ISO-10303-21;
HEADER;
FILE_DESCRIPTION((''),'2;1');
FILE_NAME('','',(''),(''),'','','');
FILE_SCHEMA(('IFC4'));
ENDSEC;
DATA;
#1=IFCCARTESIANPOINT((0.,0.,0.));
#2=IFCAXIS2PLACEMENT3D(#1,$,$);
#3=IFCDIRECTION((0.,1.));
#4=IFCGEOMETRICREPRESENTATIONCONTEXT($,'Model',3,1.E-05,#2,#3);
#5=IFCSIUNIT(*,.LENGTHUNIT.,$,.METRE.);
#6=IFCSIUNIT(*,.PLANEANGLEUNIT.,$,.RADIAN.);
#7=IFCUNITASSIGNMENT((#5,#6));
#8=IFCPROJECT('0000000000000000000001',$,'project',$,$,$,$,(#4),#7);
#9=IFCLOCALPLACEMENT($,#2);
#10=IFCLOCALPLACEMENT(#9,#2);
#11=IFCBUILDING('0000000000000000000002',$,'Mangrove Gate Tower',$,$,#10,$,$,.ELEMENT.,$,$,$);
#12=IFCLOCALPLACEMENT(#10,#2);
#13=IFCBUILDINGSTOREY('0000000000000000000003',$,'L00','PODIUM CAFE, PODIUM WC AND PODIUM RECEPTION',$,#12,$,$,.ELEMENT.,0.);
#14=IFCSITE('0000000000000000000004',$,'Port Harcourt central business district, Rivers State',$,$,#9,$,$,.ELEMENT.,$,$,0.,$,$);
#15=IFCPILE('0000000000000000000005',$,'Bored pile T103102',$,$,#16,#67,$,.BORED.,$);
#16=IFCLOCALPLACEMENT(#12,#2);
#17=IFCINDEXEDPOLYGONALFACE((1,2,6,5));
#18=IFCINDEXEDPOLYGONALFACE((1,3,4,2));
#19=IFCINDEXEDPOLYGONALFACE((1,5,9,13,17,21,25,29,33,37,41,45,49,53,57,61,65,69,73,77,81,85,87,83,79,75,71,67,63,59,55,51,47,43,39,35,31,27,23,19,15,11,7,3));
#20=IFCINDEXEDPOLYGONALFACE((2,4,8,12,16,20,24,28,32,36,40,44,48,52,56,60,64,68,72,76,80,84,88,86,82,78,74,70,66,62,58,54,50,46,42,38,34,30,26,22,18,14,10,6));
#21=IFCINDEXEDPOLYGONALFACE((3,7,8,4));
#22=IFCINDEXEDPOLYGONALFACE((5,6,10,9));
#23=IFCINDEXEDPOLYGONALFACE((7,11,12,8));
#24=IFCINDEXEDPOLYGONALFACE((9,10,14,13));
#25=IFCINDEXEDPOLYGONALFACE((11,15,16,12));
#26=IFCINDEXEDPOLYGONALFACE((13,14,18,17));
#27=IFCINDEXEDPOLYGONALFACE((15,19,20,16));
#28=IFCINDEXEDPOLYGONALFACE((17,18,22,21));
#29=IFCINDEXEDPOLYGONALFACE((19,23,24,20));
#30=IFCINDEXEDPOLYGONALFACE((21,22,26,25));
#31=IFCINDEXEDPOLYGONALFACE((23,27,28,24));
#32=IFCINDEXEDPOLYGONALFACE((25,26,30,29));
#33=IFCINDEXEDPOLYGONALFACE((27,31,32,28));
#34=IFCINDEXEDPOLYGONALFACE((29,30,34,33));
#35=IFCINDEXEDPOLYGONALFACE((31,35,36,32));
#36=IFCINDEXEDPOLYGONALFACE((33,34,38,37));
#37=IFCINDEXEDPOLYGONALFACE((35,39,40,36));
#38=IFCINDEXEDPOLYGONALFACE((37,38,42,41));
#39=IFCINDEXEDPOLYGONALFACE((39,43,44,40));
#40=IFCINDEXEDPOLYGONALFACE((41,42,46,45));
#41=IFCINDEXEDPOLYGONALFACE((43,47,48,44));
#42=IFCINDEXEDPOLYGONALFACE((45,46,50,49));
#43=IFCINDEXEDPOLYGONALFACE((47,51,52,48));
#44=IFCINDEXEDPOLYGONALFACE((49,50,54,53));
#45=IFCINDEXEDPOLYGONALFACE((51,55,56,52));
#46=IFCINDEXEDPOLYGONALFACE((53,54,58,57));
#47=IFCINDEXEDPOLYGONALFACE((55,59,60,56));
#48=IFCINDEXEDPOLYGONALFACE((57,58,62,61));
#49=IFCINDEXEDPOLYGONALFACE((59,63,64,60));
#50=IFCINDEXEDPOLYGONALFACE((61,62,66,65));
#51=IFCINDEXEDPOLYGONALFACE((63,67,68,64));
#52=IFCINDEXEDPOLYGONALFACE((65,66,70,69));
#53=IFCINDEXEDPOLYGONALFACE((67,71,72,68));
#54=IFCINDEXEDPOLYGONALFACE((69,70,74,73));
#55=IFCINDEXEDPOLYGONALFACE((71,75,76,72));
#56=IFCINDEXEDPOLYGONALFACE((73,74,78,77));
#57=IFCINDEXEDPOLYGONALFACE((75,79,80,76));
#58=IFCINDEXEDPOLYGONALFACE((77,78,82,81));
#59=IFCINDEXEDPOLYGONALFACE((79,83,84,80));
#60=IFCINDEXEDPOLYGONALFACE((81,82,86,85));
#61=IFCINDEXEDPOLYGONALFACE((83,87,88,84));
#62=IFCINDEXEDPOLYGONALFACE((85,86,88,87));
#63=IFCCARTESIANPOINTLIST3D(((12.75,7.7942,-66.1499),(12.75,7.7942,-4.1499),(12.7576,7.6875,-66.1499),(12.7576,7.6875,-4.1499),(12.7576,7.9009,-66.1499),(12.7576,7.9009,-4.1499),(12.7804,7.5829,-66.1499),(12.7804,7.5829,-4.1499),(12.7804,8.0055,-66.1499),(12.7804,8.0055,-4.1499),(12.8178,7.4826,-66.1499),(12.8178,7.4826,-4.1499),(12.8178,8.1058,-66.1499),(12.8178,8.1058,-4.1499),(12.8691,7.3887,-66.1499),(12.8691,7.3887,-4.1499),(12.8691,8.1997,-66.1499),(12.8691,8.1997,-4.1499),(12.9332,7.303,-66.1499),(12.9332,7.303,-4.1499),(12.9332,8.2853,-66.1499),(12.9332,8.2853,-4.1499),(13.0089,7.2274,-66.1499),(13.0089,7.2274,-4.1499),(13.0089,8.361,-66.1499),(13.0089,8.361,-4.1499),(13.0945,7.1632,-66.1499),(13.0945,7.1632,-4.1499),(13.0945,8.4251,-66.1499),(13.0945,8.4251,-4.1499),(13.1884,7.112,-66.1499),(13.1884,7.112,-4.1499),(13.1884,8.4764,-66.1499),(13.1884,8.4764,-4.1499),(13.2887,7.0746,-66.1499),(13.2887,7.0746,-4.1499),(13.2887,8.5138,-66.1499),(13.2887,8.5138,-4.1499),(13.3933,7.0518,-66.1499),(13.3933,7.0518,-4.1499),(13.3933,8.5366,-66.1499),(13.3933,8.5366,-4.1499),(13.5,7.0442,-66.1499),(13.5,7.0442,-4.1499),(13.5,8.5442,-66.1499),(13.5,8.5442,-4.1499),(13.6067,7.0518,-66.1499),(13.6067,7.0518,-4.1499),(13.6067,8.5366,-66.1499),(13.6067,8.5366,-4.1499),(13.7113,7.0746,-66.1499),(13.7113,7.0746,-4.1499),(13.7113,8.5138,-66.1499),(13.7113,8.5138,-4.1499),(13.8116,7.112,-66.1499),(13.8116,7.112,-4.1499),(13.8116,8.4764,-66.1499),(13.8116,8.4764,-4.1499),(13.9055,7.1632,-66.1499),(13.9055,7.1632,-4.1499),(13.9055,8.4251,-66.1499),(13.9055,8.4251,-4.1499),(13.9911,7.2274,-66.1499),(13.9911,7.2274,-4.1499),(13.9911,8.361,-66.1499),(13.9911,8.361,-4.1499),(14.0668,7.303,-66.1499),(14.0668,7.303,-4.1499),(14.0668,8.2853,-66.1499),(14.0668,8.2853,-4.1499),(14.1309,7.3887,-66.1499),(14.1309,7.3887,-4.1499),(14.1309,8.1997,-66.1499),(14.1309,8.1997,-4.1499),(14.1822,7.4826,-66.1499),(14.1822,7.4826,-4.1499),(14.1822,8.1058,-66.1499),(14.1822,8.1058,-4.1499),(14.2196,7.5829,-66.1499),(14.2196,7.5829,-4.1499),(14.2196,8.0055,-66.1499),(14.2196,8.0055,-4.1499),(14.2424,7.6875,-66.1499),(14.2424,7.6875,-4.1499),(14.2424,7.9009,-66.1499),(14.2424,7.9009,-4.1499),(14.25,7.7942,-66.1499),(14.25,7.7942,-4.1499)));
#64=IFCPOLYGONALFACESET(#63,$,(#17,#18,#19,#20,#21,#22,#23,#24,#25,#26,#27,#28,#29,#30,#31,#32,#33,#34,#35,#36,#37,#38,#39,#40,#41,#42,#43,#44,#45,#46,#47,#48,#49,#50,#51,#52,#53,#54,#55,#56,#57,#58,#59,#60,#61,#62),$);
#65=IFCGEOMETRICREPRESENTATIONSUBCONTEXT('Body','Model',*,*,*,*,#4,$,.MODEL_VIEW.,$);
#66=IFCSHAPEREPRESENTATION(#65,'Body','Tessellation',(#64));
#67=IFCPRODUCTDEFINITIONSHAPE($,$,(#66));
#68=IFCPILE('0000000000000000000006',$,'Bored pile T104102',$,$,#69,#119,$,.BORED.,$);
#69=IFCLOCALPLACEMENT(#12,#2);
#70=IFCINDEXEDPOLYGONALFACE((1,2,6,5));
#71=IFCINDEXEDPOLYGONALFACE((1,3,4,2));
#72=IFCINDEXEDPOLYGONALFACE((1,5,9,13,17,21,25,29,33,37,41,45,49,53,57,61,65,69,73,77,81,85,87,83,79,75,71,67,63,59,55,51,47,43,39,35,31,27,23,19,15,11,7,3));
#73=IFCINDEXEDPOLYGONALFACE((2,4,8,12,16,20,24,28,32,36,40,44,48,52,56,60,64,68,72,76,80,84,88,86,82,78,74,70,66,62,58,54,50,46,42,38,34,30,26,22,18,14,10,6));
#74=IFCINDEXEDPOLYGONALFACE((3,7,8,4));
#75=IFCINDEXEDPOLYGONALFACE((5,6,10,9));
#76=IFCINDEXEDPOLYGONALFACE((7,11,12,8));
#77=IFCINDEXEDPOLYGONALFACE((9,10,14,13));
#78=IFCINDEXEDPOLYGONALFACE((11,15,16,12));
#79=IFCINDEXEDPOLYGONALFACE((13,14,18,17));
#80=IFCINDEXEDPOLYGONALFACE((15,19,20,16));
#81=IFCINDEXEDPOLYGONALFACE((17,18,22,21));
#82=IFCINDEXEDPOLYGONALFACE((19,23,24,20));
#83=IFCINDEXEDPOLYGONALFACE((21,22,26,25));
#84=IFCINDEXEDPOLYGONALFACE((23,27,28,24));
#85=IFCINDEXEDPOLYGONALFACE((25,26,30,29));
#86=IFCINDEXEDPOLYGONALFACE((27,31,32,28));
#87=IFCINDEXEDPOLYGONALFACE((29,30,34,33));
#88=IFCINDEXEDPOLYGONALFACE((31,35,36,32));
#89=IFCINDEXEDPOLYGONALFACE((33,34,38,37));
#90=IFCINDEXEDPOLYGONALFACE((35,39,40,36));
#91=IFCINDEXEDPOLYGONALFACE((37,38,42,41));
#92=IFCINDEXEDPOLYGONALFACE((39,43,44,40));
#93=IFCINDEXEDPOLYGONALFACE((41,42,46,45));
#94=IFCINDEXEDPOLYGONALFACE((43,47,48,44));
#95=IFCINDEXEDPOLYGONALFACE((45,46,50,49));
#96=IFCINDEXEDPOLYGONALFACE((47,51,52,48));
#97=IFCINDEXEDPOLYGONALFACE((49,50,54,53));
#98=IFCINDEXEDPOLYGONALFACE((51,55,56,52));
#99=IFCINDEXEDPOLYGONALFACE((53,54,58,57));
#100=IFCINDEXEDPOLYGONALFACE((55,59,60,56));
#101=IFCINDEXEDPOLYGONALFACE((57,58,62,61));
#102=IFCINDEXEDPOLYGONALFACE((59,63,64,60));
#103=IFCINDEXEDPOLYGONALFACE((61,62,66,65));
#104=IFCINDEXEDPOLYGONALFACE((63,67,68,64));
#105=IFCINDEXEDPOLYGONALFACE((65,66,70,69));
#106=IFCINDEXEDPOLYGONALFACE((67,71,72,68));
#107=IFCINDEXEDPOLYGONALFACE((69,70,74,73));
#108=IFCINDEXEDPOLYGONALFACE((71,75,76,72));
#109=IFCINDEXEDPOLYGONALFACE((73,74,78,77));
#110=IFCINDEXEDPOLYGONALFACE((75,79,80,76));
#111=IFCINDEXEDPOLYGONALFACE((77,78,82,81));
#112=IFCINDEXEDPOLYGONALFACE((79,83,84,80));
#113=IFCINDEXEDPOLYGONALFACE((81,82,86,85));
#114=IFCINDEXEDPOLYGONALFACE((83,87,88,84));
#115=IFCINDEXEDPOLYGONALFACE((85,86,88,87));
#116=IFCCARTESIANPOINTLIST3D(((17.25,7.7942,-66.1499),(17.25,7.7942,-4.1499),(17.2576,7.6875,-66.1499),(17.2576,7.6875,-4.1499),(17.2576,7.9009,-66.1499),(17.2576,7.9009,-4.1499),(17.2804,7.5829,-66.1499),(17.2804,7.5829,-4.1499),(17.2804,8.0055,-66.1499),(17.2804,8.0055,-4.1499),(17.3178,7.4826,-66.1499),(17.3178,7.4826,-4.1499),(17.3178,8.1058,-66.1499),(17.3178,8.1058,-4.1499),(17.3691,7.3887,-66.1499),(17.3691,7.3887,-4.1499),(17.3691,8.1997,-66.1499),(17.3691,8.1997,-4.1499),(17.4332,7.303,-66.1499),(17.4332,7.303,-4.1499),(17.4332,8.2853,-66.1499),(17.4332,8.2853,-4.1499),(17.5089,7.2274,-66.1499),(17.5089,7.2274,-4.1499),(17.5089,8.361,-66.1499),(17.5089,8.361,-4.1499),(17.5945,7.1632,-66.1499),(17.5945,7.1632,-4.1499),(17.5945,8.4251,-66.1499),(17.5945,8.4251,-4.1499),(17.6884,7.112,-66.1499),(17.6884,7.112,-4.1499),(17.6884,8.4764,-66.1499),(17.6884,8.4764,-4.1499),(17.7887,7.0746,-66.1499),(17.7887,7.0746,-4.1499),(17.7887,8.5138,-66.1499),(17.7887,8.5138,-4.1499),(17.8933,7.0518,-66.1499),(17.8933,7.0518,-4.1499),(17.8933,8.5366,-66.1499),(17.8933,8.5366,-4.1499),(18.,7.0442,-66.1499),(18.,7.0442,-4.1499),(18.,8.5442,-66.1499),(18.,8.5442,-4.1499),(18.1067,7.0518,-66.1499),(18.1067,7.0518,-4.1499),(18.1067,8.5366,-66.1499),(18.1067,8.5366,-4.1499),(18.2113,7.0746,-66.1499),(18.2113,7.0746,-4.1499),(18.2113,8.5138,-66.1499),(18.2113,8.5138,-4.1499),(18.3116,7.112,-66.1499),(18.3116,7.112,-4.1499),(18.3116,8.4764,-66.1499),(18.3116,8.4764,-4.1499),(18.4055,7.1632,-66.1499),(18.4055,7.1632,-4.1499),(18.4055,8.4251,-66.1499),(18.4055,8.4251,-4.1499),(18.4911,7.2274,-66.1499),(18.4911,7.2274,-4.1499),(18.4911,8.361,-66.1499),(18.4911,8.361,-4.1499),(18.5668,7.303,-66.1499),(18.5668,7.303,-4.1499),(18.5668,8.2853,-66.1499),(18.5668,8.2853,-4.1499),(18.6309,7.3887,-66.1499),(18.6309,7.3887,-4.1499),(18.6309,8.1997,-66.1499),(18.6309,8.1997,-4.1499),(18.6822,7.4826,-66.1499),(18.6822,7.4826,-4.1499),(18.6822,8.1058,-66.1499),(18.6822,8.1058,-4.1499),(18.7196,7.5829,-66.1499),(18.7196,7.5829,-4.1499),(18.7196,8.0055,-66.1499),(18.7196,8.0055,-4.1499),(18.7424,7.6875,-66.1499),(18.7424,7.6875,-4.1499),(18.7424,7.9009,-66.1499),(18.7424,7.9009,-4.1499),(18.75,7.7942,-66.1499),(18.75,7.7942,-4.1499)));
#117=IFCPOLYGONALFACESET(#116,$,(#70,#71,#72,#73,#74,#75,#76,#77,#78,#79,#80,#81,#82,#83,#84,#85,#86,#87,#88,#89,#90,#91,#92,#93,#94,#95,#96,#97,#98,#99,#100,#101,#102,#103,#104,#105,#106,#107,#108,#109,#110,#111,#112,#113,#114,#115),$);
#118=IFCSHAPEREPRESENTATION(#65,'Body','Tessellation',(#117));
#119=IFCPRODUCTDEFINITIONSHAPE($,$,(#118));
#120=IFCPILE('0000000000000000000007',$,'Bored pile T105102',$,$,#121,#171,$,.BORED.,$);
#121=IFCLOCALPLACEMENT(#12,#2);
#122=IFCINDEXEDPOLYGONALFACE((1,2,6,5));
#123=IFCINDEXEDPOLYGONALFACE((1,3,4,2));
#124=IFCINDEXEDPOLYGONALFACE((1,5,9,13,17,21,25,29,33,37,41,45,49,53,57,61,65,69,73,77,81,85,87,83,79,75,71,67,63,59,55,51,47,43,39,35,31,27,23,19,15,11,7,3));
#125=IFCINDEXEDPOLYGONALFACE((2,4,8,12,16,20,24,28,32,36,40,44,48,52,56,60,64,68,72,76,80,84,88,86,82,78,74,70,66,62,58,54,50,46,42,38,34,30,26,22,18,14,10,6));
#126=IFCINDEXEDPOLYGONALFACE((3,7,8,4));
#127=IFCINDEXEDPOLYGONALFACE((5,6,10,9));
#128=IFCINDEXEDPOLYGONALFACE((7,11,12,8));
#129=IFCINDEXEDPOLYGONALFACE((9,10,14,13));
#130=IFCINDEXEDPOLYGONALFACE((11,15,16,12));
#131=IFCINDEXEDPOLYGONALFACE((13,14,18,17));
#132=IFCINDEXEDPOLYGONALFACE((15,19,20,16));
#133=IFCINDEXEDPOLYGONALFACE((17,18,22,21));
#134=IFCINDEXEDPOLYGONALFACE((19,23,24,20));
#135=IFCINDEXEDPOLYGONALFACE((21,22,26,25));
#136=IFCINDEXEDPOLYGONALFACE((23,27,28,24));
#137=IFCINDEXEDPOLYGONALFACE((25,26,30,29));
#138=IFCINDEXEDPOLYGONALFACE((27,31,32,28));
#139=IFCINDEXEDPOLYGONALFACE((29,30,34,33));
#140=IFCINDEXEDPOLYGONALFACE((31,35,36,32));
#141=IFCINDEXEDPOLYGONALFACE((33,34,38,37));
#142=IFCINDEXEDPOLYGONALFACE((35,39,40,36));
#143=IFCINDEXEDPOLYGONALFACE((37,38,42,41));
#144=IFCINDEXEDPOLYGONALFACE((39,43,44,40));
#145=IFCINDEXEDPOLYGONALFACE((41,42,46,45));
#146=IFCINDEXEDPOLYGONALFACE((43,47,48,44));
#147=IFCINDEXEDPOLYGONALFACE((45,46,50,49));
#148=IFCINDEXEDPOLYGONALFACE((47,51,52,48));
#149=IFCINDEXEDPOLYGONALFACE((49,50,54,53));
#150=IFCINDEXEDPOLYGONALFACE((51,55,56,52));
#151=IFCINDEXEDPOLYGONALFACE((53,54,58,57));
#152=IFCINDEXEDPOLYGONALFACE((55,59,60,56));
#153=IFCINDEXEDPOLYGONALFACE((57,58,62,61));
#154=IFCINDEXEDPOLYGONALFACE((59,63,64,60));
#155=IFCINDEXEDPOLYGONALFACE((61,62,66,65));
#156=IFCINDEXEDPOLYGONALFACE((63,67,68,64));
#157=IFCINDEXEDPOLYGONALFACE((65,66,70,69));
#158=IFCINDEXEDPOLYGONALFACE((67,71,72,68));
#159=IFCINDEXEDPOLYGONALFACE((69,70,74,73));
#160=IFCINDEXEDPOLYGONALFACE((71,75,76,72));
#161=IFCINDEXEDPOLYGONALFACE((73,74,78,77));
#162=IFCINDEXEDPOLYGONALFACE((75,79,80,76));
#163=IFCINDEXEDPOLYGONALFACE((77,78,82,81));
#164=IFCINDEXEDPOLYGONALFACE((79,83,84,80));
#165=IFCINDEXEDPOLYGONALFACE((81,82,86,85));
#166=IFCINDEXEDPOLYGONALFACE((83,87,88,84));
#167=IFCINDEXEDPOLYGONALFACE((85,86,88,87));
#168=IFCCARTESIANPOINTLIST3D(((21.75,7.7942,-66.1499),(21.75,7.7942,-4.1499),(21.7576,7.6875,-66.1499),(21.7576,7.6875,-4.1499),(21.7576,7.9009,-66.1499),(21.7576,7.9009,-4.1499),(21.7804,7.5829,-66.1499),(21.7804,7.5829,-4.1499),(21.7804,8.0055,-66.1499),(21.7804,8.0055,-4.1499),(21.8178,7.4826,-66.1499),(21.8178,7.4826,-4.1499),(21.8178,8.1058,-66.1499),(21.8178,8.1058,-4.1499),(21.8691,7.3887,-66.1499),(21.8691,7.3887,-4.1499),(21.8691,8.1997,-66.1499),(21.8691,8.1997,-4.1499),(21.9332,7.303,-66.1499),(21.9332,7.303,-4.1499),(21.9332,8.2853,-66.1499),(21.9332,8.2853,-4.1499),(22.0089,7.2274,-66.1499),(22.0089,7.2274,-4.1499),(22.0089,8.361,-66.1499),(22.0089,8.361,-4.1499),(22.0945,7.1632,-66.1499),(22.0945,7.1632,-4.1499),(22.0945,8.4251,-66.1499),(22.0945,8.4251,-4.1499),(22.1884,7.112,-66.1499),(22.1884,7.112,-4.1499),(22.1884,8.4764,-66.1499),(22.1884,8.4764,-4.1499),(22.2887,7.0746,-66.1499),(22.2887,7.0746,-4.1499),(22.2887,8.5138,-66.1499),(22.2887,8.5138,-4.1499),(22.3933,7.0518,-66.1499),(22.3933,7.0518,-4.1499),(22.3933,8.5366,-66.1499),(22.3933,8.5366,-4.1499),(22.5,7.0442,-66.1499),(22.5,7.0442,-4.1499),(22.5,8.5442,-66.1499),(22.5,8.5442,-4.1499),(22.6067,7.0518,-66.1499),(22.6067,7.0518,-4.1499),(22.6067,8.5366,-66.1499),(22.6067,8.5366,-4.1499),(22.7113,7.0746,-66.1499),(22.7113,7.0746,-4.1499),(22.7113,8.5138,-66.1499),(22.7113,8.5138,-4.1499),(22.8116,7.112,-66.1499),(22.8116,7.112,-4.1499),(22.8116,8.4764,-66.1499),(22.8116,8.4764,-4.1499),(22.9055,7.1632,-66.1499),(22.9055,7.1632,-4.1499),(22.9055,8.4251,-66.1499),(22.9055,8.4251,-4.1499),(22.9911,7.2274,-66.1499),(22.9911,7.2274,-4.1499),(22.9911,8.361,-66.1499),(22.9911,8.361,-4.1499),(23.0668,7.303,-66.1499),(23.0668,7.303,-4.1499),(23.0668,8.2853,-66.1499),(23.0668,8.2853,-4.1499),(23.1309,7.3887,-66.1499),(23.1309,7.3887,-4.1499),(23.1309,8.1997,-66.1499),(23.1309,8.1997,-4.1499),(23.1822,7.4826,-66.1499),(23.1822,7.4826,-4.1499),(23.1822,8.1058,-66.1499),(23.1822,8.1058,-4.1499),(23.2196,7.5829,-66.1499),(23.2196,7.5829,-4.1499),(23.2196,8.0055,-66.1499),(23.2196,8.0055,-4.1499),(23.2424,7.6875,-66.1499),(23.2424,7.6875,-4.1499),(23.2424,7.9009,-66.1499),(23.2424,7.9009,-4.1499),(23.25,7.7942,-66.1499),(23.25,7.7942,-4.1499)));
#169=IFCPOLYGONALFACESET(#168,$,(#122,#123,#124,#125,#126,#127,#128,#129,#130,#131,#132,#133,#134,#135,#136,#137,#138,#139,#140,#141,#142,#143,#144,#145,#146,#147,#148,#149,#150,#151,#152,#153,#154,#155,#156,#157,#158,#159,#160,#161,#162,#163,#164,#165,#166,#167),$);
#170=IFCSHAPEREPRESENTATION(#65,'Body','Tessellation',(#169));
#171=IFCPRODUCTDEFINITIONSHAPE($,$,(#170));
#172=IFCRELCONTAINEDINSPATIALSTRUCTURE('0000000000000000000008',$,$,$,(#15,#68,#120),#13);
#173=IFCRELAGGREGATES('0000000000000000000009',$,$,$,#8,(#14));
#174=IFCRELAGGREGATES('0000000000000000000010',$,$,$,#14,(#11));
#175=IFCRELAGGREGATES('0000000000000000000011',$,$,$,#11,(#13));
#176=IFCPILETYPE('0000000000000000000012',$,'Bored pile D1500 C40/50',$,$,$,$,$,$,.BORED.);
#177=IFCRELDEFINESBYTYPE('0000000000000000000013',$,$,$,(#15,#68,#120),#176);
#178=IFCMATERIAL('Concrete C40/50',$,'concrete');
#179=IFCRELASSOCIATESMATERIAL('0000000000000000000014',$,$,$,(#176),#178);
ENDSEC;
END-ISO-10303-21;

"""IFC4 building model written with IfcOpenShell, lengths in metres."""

from ifc_helpers import new_model, si_unit, direction, frame, origin, origin_2d, place, context, subcontext, project, spatial, circle, extrude, material, material_profile, profile_set, type_object, element, save


model = new_model("IFC4")

# Units and contexts
model_context = context("Model", 3, precision=1e-05, world=origin(), true_north=direction((0.0, 1.0)))
body_context = subcontext(model_context, "Body", "Model", "MODEL_VIEW")
ifc_project = project(units=[si_unit("LENGTHUNIT", "METRE"), si_unit("PLANEANGLEUNIT", "RADIAN")], contexts=[model_context])

# Site, building, storey
site_placement = place(None, origin())
site = spatial("IfcSite", under=ifc_project, at=site_placement, Name="Port Harcourt central business district, Rivers State", CompositionType="ELEMENT", RefElevation=0.0)
building_placement = place(site_placement, origin())
building = spatial("IfcBuilding", under=site, at=building_placement, Name="Mangrove Gate Tower", CompositionType="ELEMENT")
storey_placement = place(building_placement, origin())
storey = spatial("IfcBuildingStorey", under=building, at=storey_placement, Name="L00", Description="PODIUM CAFE, PODIUM WC AND PODIUM RECEPTION", CompositionType="ELEMENT", Elevation=0.0)

# Piles
ifc_material_1 = material(Name="Concrete C40/50", Category="concrete")
ifc_material_profile_1 = material_profile(ifc_material_1, circle(Radius=0.75, at=origin_2d()))
ifc_profile_set_1 = profile_set([ifc_material_profile_1], Name="Concrete C40/50")
pile_type = type_object("IfcPileType", Name="Bored pile D1500 C40/50", PredefinedType="BORED", material=ifc_profile_set_1)
for number, where, z_axis, x_axis, name in (
    (1, (13.5, 7.7942, -4.1499), (0.0, 0.0, -1.0), (1.0, 0.0, 0.0), "Bored pile T103102"),
    (2, (18.0, 7.7942, -4.1499), (0.0, 0.0, -1.0), (1.0, 0.0, 0.0), "Bored pile T104102"),
    (3, (22.5, 7.7942, -4.1499), (0.0, 0.0, -1.0), (1.0, 0.0, 0.0), "Bored pile T105102"),
):
    element("IfcPile", number, at=place(storey_placement, frame(where, z_axis=z_axis, x_axis=x_axis)), inside=storey, type_object=pile_type, Name=name, PredefinedType="BORED", context=body_context, shape_type="SweptSolid", body=[
        extrude(circle(Radius=0.75, at=origin_2d()), origin(), (0.0, 0.0, 1.0), 62.0),
    ])

save(model, "model.ifc")
